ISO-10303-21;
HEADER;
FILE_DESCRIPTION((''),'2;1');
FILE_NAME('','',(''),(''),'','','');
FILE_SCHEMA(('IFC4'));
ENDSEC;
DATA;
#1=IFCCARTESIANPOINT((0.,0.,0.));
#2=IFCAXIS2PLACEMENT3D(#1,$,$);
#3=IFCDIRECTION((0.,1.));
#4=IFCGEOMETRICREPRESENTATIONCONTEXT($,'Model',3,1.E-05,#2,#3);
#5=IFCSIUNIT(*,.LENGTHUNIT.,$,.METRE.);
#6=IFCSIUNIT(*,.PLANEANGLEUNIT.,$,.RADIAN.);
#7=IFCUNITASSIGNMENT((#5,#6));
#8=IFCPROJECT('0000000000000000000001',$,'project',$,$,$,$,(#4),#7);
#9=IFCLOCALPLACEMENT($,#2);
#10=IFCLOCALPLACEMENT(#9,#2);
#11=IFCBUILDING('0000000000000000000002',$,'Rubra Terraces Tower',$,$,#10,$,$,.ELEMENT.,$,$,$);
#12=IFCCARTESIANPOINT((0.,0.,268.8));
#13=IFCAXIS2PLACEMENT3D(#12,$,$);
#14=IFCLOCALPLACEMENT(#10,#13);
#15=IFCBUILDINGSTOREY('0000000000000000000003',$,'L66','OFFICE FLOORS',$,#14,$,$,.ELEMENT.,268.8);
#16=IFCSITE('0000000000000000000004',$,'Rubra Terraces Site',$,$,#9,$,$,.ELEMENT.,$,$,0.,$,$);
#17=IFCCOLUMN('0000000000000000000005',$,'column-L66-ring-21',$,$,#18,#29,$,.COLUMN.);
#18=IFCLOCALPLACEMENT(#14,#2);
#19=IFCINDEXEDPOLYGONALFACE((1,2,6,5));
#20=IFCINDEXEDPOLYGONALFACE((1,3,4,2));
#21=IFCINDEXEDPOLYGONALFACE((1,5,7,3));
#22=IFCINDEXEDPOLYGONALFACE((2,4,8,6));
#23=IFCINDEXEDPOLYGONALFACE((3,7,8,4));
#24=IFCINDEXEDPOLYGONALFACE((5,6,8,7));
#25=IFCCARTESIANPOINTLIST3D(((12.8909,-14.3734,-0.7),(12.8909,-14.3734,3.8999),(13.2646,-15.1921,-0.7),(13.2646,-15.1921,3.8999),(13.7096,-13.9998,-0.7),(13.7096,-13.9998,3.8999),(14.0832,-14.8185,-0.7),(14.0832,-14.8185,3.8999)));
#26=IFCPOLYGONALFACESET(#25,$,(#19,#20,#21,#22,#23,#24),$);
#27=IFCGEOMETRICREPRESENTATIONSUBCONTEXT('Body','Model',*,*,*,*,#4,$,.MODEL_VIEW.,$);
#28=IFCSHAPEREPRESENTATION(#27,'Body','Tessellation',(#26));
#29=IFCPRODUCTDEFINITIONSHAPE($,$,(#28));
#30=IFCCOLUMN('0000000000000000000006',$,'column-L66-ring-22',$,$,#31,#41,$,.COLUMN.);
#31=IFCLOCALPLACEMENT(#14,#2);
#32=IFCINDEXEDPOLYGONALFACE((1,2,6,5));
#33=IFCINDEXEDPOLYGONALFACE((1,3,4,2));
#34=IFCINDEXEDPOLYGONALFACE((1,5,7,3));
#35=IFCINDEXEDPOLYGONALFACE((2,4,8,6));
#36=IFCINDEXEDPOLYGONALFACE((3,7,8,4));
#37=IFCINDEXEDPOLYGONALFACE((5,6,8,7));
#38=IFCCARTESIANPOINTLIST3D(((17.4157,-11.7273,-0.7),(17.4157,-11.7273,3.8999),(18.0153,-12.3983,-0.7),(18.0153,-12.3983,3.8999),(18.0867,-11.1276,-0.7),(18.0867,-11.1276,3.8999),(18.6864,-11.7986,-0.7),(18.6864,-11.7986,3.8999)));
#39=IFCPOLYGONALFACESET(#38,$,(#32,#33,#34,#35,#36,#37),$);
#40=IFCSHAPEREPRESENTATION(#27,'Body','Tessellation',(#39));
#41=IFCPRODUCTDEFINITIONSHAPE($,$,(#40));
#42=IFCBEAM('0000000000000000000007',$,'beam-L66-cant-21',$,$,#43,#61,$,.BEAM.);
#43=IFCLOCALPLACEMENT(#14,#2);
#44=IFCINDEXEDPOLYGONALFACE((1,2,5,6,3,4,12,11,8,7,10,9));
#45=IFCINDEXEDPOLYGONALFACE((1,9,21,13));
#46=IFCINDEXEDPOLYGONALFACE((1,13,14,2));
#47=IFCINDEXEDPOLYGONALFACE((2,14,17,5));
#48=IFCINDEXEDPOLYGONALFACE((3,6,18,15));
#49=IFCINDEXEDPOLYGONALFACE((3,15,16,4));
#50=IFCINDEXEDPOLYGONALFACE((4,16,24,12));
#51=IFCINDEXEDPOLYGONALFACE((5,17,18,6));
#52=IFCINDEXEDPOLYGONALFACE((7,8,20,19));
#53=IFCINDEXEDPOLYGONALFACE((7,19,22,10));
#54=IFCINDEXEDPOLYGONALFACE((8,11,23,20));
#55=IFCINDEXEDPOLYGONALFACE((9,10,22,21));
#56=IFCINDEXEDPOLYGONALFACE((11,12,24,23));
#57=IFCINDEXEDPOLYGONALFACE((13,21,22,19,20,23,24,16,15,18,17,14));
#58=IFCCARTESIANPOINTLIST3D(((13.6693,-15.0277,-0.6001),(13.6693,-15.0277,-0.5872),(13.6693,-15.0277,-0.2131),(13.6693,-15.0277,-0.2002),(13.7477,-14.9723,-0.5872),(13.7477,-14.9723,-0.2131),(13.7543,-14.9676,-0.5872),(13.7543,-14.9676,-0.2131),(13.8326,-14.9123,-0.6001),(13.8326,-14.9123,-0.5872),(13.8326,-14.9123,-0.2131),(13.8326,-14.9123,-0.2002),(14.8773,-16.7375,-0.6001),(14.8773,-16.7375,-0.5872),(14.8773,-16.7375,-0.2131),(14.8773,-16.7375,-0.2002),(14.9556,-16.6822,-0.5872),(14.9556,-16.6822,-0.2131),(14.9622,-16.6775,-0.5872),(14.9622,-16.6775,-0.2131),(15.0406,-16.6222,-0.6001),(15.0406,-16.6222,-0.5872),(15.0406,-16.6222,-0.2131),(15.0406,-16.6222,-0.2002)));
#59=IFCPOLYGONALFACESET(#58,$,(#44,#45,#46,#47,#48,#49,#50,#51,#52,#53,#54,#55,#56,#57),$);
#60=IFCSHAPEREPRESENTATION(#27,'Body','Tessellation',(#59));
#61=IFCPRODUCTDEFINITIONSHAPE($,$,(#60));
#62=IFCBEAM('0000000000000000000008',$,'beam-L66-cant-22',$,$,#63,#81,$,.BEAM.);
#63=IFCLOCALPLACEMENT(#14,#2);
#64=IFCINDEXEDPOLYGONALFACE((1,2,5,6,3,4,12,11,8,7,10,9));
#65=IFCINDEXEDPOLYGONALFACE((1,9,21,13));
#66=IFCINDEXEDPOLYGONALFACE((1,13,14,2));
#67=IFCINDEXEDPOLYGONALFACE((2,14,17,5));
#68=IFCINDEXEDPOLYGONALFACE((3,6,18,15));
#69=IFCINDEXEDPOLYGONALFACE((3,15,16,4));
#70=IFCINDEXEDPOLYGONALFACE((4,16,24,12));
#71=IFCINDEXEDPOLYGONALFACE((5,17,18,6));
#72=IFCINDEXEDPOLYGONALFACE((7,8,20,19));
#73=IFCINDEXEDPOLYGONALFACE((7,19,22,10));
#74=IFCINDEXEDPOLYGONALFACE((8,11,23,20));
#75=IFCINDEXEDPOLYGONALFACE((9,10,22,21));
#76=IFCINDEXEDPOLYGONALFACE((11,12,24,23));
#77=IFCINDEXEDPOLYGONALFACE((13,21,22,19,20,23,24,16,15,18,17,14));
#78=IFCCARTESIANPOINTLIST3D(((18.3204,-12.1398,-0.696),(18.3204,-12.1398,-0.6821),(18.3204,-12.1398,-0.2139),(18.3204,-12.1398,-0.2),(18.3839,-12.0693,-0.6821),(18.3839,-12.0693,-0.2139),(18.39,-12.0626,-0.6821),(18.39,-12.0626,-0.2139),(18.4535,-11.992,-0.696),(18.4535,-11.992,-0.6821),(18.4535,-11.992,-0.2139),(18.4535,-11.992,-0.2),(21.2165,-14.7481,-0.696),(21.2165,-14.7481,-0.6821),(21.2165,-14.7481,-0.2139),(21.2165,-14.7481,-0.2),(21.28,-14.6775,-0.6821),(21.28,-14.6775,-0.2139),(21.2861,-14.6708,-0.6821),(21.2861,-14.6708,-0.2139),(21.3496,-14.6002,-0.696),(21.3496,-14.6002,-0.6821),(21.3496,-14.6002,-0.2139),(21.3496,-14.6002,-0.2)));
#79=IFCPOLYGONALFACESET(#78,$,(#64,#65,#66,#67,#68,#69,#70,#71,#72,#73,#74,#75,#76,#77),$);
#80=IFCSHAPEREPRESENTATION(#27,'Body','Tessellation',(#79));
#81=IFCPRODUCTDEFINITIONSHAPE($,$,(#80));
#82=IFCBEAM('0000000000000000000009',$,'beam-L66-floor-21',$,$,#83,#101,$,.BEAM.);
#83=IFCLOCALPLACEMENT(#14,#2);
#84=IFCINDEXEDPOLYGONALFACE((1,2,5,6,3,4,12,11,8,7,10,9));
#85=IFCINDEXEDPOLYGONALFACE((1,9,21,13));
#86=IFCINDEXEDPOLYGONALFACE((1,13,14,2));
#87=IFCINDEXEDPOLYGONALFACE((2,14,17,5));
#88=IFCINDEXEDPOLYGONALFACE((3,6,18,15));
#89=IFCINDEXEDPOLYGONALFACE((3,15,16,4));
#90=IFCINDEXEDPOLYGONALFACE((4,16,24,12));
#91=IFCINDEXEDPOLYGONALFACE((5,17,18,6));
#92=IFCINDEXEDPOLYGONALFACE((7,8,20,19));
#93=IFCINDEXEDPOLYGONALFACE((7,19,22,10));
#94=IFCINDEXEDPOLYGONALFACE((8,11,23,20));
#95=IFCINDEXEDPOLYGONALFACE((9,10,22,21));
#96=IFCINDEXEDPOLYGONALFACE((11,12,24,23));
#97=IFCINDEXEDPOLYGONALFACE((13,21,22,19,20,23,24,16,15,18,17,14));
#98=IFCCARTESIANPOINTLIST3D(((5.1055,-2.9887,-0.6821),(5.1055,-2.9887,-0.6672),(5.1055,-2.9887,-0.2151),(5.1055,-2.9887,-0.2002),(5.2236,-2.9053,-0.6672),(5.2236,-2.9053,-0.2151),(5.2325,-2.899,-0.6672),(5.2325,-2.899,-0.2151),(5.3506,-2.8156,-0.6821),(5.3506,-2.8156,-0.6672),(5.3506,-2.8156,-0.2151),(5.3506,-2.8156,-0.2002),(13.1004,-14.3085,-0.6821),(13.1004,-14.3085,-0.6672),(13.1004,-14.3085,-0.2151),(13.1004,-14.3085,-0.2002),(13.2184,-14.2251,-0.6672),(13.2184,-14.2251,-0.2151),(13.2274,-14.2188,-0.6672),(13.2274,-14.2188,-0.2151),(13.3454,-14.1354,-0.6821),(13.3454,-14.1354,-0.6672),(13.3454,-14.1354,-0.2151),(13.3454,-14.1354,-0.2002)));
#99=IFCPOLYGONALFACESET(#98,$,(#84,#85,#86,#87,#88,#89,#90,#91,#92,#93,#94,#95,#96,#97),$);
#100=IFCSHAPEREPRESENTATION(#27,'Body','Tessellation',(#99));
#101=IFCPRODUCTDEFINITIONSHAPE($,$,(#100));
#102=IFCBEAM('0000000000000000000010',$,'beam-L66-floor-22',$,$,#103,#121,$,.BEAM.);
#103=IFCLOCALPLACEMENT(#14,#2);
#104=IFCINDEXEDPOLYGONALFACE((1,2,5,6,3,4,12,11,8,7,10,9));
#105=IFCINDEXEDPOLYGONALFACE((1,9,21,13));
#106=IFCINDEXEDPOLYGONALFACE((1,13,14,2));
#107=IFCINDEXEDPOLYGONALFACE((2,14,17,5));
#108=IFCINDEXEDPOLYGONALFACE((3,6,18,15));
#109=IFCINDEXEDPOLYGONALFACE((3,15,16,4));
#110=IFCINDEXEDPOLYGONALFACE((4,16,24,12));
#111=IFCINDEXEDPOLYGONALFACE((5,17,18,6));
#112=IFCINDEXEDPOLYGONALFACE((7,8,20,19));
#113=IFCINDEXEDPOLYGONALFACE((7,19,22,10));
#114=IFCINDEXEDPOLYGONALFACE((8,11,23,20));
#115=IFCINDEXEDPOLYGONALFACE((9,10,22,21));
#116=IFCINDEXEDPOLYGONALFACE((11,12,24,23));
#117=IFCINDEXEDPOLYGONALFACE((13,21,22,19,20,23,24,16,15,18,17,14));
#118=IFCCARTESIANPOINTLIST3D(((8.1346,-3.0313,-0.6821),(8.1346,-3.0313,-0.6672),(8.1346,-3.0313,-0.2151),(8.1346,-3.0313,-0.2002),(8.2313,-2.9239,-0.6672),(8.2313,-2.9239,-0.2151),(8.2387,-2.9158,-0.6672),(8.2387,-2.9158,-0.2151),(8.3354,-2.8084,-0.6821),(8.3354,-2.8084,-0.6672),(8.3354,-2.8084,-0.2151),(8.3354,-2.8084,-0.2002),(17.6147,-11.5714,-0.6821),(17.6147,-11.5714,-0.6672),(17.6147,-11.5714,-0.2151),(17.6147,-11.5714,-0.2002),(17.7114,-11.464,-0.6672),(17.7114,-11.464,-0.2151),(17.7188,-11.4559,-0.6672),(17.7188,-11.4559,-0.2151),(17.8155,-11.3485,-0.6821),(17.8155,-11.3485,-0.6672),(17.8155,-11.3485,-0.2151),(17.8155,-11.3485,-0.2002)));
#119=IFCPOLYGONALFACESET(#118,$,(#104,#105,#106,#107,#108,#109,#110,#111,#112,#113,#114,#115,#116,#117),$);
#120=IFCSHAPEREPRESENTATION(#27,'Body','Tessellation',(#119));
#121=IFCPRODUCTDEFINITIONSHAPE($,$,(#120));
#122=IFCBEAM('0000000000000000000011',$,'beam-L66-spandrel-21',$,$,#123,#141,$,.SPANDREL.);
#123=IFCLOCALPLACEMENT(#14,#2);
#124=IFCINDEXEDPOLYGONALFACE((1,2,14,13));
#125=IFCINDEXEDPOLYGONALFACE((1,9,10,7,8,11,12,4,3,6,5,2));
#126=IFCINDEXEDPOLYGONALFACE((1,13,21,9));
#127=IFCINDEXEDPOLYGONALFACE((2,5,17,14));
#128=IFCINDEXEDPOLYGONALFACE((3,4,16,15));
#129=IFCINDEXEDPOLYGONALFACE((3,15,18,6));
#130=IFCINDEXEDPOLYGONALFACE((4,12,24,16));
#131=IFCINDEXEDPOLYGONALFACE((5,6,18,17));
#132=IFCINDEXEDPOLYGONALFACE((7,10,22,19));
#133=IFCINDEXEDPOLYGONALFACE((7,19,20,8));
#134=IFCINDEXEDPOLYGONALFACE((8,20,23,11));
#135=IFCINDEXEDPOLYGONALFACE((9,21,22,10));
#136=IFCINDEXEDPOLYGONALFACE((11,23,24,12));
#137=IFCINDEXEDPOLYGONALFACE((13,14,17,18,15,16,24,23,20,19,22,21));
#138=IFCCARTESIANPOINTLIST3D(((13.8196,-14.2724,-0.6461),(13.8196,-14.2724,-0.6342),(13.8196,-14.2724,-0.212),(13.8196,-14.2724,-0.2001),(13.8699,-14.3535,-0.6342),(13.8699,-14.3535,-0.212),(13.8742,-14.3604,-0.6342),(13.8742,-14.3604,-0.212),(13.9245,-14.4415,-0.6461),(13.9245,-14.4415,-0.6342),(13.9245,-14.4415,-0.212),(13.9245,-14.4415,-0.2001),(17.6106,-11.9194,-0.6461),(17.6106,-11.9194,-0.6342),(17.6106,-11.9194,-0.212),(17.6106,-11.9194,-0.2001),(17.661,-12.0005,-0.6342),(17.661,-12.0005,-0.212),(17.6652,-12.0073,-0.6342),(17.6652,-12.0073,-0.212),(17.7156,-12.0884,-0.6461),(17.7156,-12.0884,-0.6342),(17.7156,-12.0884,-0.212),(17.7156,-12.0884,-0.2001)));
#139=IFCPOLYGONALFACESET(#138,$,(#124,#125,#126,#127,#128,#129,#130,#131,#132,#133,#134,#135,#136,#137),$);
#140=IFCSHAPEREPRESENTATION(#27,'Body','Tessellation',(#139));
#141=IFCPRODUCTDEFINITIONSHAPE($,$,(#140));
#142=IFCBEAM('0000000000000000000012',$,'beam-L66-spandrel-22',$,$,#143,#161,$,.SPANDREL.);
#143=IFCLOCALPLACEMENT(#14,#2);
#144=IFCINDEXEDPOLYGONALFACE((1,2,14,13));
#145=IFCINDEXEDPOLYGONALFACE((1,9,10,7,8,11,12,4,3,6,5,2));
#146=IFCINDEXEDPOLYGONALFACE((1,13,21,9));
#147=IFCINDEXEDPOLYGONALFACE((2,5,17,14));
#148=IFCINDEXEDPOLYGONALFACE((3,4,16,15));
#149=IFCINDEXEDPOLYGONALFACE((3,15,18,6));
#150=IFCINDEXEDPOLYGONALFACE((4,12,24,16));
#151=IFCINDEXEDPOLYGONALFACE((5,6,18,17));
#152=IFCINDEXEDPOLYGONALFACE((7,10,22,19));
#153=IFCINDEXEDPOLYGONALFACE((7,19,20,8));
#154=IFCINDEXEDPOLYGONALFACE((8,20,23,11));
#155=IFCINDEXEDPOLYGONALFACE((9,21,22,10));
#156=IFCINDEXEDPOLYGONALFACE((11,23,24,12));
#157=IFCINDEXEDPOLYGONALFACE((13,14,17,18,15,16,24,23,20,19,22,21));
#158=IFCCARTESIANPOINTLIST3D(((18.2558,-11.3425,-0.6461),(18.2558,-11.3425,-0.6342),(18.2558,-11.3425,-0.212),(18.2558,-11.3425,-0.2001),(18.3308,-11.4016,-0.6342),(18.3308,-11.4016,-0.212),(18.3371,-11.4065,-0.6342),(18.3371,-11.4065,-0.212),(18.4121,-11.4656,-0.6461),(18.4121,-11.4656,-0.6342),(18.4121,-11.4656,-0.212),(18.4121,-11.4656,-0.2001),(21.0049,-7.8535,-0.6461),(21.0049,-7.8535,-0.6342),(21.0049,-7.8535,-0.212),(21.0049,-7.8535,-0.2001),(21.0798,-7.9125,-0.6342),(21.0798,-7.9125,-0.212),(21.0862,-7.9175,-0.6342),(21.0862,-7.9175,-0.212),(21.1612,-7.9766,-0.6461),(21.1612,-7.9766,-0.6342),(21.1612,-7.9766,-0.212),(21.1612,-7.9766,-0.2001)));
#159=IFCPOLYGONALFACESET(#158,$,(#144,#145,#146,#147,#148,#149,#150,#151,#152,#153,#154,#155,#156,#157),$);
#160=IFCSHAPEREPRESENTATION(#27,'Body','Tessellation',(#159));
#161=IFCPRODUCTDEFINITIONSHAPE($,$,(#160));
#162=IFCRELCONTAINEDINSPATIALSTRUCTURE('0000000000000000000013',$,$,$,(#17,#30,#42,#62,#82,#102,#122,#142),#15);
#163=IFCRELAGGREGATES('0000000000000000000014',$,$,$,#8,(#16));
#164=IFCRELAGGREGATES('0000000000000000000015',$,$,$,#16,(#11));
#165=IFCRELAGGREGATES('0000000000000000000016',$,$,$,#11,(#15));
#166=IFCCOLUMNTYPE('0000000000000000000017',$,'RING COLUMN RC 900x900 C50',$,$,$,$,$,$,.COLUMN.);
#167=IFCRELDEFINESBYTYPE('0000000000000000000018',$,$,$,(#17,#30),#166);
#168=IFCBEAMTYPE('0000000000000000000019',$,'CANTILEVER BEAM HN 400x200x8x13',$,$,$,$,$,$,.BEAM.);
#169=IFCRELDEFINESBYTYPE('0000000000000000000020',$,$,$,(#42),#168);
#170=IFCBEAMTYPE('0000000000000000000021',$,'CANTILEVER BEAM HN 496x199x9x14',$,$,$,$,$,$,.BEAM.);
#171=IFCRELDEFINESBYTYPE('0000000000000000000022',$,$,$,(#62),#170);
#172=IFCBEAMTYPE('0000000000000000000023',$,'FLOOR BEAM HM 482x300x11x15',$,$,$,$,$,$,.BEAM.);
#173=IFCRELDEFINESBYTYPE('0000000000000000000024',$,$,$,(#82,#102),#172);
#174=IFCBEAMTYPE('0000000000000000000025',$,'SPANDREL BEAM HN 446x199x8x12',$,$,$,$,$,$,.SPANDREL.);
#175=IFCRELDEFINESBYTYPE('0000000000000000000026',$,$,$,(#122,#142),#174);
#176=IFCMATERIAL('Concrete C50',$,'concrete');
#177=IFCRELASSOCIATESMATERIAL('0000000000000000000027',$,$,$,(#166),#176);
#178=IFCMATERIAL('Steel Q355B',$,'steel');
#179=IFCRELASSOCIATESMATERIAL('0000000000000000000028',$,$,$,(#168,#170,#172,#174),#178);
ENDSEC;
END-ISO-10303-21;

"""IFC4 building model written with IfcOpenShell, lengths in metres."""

from ifc_helpers import new_model, si_unit, direction, frame, origin, origin_2d, place, context, subcontext, project, spatial, rectangle, i_section, extrude, material, material_profile, profile_set, type_object, element, save


model = new_model("IFC4")

# Units and contexts
model_context = context("Model", 3, precision=1e-05, world=origin(), true_north=direction((0.0, 1.0)))
body_context = subcontext(model_context, "Body", "Model", "MODEL_VIEW")
ifc_project = project(units=[si_unit("LENGTHUNIT", "METRE"), si_unit("PLANEANGLEUNIT", "RADIAN")], contexts=[model_context])

# Site, building, storey
site_placement = place(None, origin())
site = spatial("IfcSite", under=ifc_project, at=site_placement, Name="Rubra Terraces Site", CompositionType="ELEMENT", RefElevation=0.0)
building_placement = place(site_placement, origin())
building = spatial("IfcBuilding", under=site, at=building_placement, Name="Rubra Terraces Tower", CompositionType="ELEMENT")
storey_placement = place(building_placement, frame((0.0, 0.0, 268.8)))
storey = spatial("IfcBuildingStorey", under=building, at=storey_placement, Name="L66", Description="OFFICE FLOORS", CompositionType="ELEMENT", Elevation=268.8)

# Columns
ifc_material_1 = material(Name="Concrete C50", Category="concrete")
ifc_material_profile_1 = material_profile(ifc_material_1, rectangle(XDim=0.8999, YDim=0.8999, at=origin_2d()), Name="RC 900x900")
ifc_profile_set_1 = profile_set([ifc_material_profile_1], Name="Concrete C50")
column_type = type_object("IfcColumnType", Name="RING COLUMN RC 900x900 C50", PredefinedType="COLUMN", material=ifc_profile_set_1)
for number, where, z_axis, x_axis, name in (
    (1, (13.4871, -14.5959, -0.7), (0.0, 0.0, 1.0), (0.909726, 0.415208, 0.0), "column-L66-ring-21"),
    (2, (18.051, -11.7629, -0.7), (0.0, 0.0, 1.0), (0.745642, 0.666347, 0.0), "column-L66-ring-22"),
):
    element("IfcColumn", number, at=place(storey_placement, frame(where, z_axis=z_axis, x_axis=x_axis)), inside=storey, type_object=column_type, Name=name, PredefinedType="COLUMN", context=body_context, shape_type="SweptSolid", body=[
        extrude(rectangle(XDim=0.8999, YDim=0.8999, at=origin_2d()), origin(), (0.0, 0.0, 1.0), 4.5999),
    ])

# Beams
ifc_material_2 = material(Name="Steel Q355B", Category="steel")
ifc_material_profile_2 = material_profile(ifc_material_2, i_section(OverallWidth=0.2, OverallDepth=0.3999, WebThickness=0.0081, FlangeThickness=0.0129, at=origin_2d()), Name="HN 400x200x8x13")
ifc_profile_set_2 = profile_set([ifc_material_profile_2], Name="Steel Q355B")
beam_type_1 = type_object("IfcBeamType", Name="CANTILEVER BEAM HN 400x200x8x13", PredefinedType="BEAM", material=ifc_profile_set_2)
beam_1_placement = place(storey_placement, frame((13.751, -14.97, -0.4001), z_axis=(0.576994, -0.816748, 0.0), x_axis=(0.816748, 0.576994, 0.0)))
element("IfcBeam", 3, at=beam_1_placement, inside=storey, type_object=beam_type_1, Name="beam-L66-cant-21", PredefinedType="BEAM", context=body_context, shape_type="SweptSolid", body=[
    extrude(i_section(OverallWidth=0.2, OverallDepth=0.3999, WebThickness=0.0081, FlangeThickness=0.0129, at=origin_2d()), origin(), (0.0, 0.0, 1.0), 2.0935),
])
ifc_material_profile_3 = material_profile(ifc_material_2, i_section(OverallWidth=0.199, OverallDepth=0.4961, WebThickness=0.009, FlangeThickness=0.0139, at=origin_2d()), Name="HN 496x199x9x14")
ifc_profile_set_3 = profile_set([ifc_material_profile_3], Name="Steel Q355B")
beam_type_2 = type_object("IfcBeamType", Name="CANTILEVER BEAM HN 496x199x9x14", PredefinedType="BEAM", material=ifc_profile_set_3)
beam_2_placement = place(storey_placement, frame((18.387, -12.0659, -0.448), z_axis=(0.74307, -0.669214, 0.0), x_axis=(0.669214, 0.74307, 0.0)))
element("IfcBeam", 4, at=beam_2_placement, inside=storey, type_object=beam_type_2, Name="beam-L66-cant-22", PredefinedType="BEAM", context=body_context, shape_type="SweptSolid", body=[
    extrude(i_section(OverallWidth=0.199, OverallDepth=0.4961, WebThickness=0.009, FlangeThickness=0.0139, at=origin_2d()), origin(), (0.0, 0.0, 1.0), 3.8975),
])
ifc_material_profile_4 = material_profile(ifc_material_2, i_section(OverallWidth=0.3, OverallDepth=0.4819, WebThickness=0.011, FlangeThickness=0.0149, at=origin_2d()), Name="HM 482x300x11x15")
ifc_profile_set_4 = profile_set([ifc_material_profile_4], Name="Steel Q355B")
beam_type_3 = type_object("IfcBeamType", Name="FLOOR BEAM HM 482x300x11x15", PredefinedType="BEAM", material=ifc_profile_set_4)
beam_3_placement = place(storey_placement, frame((13.2229, -14.2219, -0.4412), z_axis=(-0.576896, 0.816818, 0.0), x_axis=(-0.816818, -0.576896, 0.0)))
element("IfcBeam", 5, at=beam_3_placement, inside=storey, type_object=beam_type_3, Name="beam-L66-floor-21", PredefinedType="BEAM", context=body_context, shape_type="SweptSolid", body=[
    extrude(i_section(OverallWidth=0.3, OverallDepth=0.4819, WebThickness=0.011, FlangeThickness=0.0149, at=origin_2d()), origin(), (0.0, 0.0, 1.0), 13.8584),
])
beam_4_placement = place(storey_placement, frame((17.7151, -11.46, -0.4412), z_axis=(-0.74298, 0.669314, 0.0), x_axis=(-0.669314, -0.74298, 0.0)))
element("IfcBeam", 6, at=beam_4_placement, inside=storey, type_object=beam_type_3, Name="beam-L66-floor-22", PredefinedType="BEAM", context=body_context, shape_type="SweptSolid", body=[
    extrude(i_section(OverallWidth=0.3, OverallDepth=0.4819, WebThickness=0.011, FlangeThickness=0.0149, at=origin_2d()), origin(), (0.0, 0.0, 1.0), 12.7595),
])
ifc_material_profile_5 = material_profile(ifc_material_2, i_section(OverallWidth=0.199, OverallDepth=0.446, WebThickness=0.0081, FlangeThickness=0.012, at=origin_2d()), Name="HN 446x199x8x12")
ifc_profile_set_5 = profile_set([ifc_material_profile_5], Name="Steel Q355B")
beam_type_4 = type_object("IfcBeamType", Name="SPANDREL BEAM HN 446x199x8x12", PredefinedType="SPANDREL", material=ifc_profile_set_5)
beam_5_placement = place(storey_placement, frame((13.8721, -14.3569, -0.4231), z_axis=(0.849642, 0.52736, 0.0), x_axis=(-0.52736, 0.849642, 0.0)))
element("IfcBeam", 7, at=beam_5_placement, inside=storey, type_object=beam_type_4, Name="beam-L66-spandrel-21", PredefinedType="SPANDREL", context=body_context, shape_type="SweptSolid", body=[
    extrude(i_section(OverallWidth=0.199, OverallDepth=0.446, WebThickness=0.0081, FlangeThickness=0.012, at=origin_2d()), origin(), (0.0, 0.0, 1.0), 4.4619),
])
beam_6_placement = place(storey_placement, frame((18.334, -11.4041, -0.4231), z_axis=(0.618887, 0.78548, 0.0), x_axis=(-0.78548, 0.618887, 0.0)))
element("IfcBeam", 8, at=beam_6_placement, inside=storey, type_object=beam_type_4, Name="beam-L66-spandrel-22", PredefinedType="SPANDREL", context=body_context, shape_type="SweptSolid", body=[
    extrude(i_section(OverallWidth=0.199, OverallDepth=0.446, WebThickness=0.0081, FlangeThickness=0.012, at=origin_2d()), origin(), (0.0, 0.0, 1.0), 4.4419),
])

save(model, "model.ifc")
